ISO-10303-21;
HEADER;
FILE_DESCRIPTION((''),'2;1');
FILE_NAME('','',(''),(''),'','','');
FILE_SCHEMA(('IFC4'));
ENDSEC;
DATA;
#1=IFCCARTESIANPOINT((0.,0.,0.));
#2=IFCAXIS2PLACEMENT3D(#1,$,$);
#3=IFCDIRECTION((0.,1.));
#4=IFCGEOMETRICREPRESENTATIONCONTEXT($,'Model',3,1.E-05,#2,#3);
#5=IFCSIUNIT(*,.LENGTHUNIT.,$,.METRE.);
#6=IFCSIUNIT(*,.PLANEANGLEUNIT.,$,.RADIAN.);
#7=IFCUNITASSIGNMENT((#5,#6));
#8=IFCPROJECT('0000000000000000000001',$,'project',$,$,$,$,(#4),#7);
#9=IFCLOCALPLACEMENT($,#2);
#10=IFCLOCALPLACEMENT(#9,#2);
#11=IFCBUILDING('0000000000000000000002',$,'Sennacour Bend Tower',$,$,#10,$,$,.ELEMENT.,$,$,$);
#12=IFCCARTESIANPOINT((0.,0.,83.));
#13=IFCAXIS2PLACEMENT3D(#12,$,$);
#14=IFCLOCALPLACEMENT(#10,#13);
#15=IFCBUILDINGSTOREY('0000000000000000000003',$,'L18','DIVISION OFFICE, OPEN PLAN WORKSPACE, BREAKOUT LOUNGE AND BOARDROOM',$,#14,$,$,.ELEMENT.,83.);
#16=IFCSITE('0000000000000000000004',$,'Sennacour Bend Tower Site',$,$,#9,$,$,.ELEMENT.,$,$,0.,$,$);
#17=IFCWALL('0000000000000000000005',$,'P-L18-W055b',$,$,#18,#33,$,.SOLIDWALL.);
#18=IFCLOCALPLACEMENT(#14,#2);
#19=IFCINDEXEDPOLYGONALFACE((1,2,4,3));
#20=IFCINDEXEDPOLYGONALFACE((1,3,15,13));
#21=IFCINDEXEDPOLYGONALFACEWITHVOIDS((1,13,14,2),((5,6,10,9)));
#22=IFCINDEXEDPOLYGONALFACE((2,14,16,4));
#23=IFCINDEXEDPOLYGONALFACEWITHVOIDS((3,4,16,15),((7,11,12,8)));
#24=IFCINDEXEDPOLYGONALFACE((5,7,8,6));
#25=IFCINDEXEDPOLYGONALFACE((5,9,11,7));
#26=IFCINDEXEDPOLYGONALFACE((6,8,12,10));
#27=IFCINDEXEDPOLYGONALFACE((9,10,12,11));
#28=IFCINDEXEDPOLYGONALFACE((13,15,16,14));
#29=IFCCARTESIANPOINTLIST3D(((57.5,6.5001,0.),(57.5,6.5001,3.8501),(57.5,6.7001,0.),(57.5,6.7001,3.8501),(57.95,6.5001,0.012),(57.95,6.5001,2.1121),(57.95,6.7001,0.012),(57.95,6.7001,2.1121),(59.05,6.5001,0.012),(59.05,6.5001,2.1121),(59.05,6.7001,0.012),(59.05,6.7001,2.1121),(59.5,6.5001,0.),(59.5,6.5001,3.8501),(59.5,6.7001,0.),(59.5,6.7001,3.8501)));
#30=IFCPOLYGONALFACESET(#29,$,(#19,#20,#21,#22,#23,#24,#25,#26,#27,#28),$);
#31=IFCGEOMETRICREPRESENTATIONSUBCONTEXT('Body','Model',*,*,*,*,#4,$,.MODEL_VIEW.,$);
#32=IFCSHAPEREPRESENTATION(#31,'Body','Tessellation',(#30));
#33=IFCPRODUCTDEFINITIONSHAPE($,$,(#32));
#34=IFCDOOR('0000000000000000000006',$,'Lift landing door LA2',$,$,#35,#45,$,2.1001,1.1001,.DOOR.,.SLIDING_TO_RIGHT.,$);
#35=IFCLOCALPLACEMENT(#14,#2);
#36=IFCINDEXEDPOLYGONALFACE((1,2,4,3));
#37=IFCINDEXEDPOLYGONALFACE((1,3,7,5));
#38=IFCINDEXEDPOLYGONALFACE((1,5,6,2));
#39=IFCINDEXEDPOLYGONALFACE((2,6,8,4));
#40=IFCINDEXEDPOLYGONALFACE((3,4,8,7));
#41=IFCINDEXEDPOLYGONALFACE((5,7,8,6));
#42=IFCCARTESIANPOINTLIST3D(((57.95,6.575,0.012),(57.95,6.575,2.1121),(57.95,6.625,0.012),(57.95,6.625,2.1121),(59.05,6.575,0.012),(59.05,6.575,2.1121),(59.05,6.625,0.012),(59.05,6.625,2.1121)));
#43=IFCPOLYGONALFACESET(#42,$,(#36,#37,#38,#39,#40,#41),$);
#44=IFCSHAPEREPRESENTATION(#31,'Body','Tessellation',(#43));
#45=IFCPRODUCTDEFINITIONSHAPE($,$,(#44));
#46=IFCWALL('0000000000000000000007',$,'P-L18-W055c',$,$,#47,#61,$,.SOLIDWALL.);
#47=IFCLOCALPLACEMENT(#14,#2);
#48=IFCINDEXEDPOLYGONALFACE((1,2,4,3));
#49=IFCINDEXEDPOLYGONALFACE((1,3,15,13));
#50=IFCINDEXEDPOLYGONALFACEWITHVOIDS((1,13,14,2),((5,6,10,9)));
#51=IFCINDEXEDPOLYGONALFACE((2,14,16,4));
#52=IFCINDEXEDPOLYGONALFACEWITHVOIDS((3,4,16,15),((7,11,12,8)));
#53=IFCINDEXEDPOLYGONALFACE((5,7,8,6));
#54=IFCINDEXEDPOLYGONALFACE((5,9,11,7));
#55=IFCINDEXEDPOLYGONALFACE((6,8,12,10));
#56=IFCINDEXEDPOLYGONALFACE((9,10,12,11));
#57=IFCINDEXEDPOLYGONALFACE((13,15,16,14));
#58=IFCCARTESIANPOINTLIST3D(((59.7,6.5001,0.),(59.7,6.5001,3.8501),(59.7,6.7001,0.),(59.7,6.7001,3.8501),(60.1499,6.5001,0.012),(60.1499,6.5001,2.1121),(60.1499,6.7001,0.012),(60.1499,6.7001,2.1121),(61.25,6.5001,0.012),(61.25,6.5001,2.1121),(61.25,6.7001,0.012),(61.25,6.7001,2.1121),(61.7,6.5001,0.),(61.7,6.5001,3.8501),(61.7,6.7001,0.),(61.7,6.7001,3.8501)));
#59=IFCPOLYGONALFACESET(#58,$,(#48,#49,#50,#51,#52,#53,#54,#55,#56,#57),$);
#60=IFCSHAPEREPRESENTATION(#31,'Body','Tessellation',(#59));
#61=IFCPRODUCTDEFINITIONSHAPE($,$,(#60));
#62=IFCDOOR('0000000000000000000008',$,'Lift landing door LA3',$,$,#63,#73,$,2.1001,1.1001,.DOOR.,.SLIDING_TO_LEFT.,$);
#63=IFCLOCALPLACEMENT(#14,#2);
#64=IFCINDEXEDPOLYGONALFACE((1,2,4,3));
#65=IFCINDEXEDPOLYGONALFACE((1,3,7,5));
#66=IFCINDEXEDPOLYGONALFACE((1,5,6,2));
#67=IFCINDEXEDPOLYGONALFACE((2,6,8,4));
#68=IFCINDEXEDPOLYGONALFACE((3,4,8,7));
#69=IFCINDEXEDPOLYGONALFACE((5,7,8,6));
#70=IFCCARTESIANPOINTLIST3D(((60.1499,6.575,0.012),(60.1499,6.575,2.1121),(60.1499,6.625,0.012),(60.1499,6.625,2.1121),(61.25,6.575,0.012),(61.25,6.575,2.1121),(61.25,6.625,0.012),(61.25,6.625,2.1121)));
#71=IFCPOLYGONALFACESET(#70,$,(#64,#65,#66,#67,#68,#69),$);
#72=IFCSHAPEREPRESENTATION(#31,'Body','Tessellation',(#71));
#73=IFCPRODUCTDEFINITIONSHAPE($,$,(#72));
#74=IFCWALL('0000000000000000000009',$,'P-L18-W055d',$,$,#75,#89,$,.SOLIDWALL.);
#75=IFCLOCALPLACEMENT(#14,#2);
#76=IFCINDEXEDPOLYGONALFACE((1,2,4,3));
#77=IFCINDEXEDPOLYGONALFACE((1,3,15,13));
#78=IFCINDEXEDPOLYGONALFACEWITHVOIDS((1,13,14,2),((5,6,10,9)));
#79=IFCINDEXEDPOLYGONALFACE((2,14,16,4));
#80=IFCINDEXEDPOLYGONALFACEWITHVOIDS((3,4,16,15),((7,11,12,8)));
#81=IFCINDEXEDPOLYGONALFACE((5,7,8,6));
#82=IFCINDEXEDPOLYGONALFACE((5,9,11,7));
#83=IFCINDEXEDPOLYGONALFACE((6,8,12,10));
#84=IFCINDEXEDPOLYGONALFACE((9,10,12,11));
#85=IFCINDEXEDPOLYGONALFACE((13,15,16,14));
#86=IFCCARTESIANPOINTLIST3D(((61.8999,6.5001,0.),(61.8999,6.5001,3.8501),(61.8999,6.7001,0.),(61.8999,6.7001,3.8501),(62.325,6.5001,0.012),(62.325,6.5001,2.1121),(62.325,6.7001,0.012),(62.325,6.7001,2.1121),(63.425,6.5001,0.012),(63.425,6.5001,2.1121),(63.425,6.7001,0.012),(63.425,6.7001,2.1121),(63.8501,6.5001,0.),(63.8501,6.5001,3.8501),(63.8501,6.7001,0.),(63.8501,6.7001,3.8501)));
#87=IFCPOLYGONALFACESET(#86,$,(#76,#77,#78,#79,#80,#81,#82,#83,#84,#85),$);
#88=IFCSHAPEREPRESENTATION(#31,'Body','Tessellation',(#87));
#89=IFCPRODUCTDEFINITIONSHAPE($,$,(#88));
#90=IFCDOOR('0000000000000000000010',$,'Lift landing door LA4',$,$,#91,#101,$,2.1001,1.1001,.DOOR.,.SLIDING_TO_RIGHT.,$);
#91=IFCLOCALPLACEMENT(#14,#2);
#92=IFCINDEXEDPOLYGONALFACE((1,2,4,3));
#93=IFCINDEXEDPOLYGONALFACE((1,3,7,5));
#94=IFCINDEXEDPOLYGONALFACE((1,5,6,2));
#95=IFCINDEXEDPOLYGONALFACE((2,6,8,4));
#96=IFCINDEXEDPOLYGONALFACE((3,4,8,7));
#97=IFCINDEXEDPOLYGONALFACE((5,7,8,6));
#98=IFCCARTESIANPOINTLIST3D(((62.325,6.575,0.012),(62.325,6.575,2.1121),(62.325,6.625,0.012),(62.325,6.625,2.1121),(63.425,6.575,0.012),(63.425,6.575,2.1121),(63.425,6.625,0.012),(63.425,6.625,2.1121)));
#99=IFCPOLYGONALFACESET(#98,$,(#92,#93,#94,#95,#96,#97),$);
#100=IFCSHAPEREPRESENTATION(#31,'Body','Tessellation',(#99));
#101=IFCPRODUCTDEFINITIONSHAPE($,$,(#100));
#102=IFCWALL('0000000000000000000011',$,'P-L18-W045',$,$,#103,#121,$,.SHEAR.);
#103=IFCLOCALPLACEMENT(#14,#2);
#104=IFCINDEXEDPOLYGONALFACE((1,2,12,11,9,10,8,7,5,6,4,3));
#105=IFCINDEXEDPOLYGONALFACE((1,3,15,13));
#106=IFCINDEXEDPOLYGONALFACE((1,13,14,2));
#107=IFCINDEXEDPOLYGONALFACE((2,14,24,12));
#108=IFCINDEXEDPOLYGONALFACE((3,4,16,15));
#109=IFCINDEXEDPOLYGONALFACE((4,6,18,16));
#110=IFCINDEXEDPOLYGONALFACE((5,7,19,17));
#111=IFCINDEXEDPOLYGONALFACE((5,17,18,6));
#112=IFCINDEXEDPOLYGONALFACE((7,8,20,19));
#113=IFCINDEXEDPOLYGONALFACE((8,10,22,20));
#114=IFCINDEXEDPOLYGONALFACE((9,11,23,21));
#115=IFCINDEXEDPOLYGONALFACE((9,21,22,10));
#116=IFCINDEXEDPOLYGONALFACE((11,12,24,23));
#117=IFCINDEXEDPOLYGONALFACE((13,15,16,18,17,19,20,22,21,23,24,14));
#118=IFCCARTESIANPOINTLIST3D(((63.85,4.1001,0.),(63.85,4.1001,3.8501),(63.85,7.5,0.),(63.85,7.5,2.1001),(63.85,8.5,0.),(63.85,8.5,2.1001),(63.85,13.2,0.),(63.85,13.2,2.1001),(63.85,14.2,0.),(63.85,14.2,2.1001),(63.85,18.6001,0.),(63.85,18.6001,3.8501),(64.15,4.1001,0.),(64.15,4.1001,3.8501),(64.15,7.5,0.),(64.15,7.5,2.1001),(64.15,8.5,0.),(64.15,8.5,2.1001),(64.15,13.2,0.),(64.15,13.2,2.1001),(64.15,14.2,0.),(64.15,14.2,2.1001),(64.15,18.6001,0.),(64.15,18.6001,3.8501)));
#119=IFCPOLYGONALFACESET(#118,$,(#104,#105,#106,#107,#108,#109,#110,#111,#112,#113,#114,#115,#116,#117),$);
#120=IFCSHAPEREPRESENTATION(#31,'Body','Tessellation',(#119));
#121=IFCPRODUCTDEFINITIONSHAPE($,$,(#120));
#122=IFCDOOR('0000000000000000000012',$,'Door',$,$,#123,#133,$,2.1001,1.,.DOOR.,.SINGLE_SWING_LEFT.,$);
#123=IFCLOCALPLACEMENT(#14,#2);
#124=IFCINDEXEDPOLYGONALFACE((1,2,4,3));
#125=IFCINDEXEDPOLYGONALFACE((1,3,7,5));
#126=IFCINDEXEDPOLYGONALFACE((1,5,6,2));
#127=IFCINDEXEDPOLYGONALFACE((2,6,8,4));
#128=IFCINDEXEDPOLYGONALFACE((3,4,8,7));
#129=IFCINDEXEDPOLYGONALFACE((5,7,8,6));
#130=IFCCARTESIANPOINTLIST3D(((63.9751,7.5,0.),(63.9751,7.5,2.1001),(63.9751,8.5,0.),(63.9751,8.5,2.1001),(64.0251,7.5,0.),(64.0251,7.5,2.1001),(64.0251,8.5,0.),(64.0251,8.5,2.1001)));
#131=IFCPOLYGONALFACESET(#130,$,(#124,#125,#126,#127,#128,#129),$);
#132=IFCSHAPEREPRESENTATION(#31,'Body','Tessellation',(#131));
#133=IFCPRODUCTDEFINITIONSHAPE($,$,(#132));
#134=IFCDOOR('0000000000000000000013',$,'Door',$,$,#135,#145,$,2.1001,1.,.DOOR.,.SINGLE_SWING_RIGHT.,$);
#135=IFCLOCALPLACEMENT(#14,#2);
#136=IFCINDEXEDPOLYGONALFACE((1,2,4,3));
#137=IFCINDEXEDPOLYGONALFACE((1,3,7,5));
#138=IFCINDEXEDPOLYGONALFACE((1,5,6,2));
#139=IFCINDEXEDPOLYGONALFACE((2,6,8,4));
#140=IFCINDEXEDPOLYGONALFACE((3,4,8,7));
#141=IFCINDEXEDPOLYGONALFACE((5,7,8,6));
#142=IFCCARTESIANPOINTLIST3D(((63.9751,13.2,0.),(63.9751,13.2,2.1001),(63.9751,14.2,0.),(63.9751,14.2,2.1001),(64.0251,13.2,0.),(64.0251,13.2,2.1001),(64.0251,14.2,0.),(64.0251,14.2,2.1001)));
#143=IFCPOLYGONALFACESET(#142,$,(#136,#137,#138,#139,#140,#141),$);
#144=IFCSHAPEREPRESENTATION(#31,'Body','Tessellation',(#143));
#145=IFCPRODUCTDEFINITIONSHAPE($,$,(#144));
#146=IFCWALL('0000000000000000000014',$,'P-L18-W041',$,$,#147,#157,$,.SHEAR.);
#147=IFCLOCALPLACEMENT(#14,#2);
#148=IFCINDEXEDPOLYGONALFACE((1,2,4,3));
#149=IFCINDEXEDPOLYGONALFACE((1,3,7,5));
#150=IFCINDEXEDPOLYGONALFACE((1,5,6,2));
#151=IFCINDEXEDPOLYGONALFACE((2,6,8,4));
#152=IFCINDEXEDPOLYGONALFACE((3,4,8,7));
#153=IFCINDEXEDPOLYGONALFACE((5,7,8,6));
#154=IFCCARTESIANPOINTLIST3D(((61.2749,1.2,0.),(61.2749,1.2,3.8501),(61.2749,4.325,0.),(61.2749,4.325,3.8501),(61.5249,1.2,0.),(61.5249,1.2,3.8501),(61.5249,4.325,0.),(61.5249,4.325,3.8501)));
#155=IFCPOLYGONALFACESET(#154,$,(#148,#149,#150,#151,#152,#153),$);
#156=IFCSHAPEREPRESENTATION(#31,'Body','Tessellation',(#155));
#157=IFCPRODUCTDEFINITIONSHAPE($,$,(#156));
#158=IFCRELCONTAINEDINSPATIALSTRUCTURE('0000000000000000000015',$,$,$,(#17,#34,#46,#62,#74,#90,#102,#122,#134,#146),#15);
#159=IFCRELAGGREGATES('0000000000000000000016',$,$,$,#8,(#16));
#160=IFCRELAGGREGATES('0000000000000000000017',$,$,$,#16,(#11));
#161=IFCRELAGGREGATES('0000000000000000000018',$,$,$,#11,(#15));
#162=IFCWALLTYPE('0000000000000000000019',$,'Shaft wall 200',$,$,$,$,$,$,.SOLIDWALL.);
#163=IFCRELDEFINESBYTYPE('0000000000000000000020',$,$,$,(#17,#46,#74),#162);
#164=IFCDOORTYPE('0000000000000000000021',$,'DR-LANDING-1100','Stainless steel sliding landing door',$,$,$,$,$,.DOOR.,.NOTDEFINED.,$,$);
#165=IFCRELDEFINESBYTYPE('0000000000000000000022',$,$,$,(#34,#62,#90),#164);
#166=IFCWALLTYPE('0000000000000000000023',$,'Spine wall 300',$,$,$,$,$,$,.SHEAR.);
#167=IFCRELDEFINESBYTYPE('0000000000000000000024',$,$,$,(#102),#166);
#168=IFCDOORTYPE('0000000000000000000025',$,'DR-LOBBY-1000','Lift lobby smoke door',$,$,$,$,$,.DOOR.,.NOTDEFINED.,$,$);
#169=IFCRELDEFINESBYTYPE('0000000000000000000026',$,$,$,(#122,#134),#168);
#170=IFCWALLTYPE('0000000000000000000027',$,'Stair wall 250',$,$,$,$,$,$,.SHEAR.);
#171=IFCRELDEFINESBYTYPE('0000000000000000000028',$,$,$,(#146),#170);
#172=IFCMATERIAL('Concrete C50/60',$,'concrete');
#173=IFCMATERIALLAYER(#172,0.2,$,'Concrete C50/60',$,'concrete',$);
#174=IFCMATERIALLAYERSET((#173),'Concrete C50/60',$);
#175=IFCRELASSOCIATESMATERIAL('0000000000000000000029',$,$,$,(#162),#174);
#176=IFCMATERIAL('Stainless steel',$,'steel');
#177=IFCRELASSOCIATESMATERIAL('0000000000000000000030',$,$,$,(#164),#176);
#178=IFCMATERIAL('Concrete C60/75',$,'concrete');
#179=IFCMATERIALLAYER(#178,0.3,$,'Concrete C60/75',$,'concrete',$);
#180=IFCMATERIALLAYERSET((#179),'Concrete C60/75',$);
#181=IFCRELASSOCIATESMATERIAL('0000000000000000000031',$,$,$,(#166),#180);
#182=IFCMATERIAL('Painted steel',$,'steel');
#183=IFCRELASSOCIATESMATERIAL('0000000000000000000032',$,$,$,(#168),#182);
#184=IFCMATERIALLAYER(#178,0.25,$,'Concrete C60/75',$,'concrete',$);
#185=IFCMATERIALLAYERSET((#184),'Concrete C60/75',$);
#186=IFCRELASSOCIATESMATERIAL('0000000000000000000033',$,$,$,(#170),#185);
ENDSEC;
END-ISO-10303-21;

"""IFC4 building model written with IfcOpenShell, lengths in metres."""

from ifc_helpers import new_model, si_unit, direction, frame, frame_2d, origin, place, context, subcontext, project, spatial, rectangle, extrude, material, layer, layer_set, type_object, element, fill, save


model = new_model("IFC4")

# Units and contexts
model_context = context("Model", 3, precision=1e-05, world=origin(), true_north=direction((0.0, 1.0)))
body_context = subcontext(model_context, "Body", "Model", "MODEL_VIEW")
ifc_project = project(units=[si_unit("LENGTHUNIT", "METRE"), si_unit("PLANEANGLEUNIT", "RADIAN")], contexts=[model_context])

# Site, building, storey
site_placement = place(None, origin())
site = spatial("IfcSite", under=ifc_project, at=site_placement, Name="Sennacour Bend Tower Site", CompositionType="ELEMENT", RefElevation=0.0)
building_placement = place(site_placement, origin())
building = spatial("IfcBuilding", under=site, at=building_placement, Name="Sennacour Bend Tower", CompositionType="ELEMENT")
storey_placement = place(building_placement, frame((0.0, 0.0, 83.0)))
storey = spatial("IfcBuildingStorey", under=building, at=storey_placement, Name="L18", Description="DIVISION OFFICE, OPEN PLAN WORKSPACE, BREAKOUT LOUNGE AND BOARDROOM", CompositionType="ELEMENT", Elevation=83.0)

# Shared definitions
ifc_material_1 = material(Name="Painted steel", Category="steel")

# Shared definitions
ifc_material_2 = material(Name="Concrete C50/60", Category="concrete")
ifc_layer_1 = layer(ifc_material_2, 0.2, Name="Concrete C50/60", Category="concrete")
ifc_layer_set_1 = layer_set([ifc_layer_1], Name="Concrete C50/60")
wall_type_1 = type_object("IfcWallType", Name="Shaft wall 200", PredefinedType="SOLIDWALL", material=ifc_layer_set_1)

# Walls, openings, doors
wall_1_placement = place(storey_placement, frame((57.5, 6.6001, 0.0), z_axis=(0.0, 0.0, 1.0), x_axis=(1.0, 0.0, 0.0)))
wall_1 = element("IfcWall", 1, at=wall_1_placement, inside=storey, type_object=wall_type_1, Name="P-L18-W055b", PredefinedType="SOLIDWALL", context=body_context, shape_type="SweptSolid", body=[
    extrude(rectangle(XDim=2.0, YDim=0.2, at=frame_2d((1.0, 0.0))), origin(), (0.0, 0.0, 1.0), 3.8501),
])
opening_1_placement = place(wall_1_placement, frame((0.45, 0.0, 0.012)))
opening_1 = element("IfcOpeningElement", 2, at=opening_1_placement, cuts=wall_1, PredefinedType="OPENING", context=body_context, shape_type="SweptSolid", body=[
    extrude(rectangle(XDim=1.1001, YDim=2.1001, at=frame_2d((0.55, 1.05))), frame((0.0, 0.1099, 0.0), z_axis=(0.0, -1.0, 0.0), x_axis=(1.0, 0.0, 0.0)), (0.0, 0.0, 1.0), 0.22),
])
ifc_material_3 = material(Name="Stainless steel", Category="steel")
door_type_1 = type_object("IfcDoorType", Name="DR-LANDING-1100", Description="Stainless steel sliding landing door", OperationType="NOTDEFINED", PredefinedType="DOOR", material=ifc_material_3)
door_1_placement = place(opening_1_placement, origin())
door_1 = element("IfcDoor", 3, at=door_1_placement, inside=storey, type_object=door_type_1, Name="Lift landing door LA2", OperationType="SLIDING_TO_RIGHT", OverallHeight=2.1001, OverallWidth=1.1001, PredefinedType="DOOR", context=body_context, shape_type="SweptSolid", body=[
    extrude(rectangle(XDim=1.1001, YDim=2.1001, at=frame_2d((0.55, 1.05))), frame((0.0, 0.0249, 0.0), z_axis=(0.0, -1.0, 0.0), x_axis=(1.0, 0.0, 0.0)), (0.0, 0.0, 1.0), 0.05),
])
fill(opening_1, door_1)
wall_2_placement = place(storey_placement, frame((59.7, 6.6001, 0.0), z_axis=(0.0, 0.0, 1.0), x_axis=(1.0, 0.0, 0.0)))
wall_2 = element("IfcWall", 4, at=wall_2_placement, inside=storey, type_object=wall_type_1, Name="P-L18-W055c", PredefinedType="SOLIDWALL", context=body_context, shape_type="SweptSolid", body=[
    extrude(rectangle(XDim=2.0, YDim=0.2, at=frame_2d((1.0, 0.0))), origin(), (0.0, 0.0, 1.0), 3.8501),
])
opening_2_placement = place(wall_2_placement, frame((0.45, 0.0, 0.012)))
opening_2 = element("IfcOpeningElement", 5, at=opening_2_placement, cuts=wall_2, PredefinedType="OPENING", context=body_context, shape_type="SweptSolid", body=[
    extrude(rectangle(XDim=1.1001, YDim=2.1001, at=frame_2d((0.55, 1.05))), frame((0.0, 0.1099, 0.0), z_axis=(0.0, -1.0, 0.0), x_axis=(1.0, 0.0, 0.0)), (0.0, 0.0, 1.0), 0.22),
])
door_2_placement = place(opening_2_placement, origin())
door_2 = element("IfcDoor", 6, at=door_2_placement, inside=storey, type_object=door_type_1, Name="Lift landing door LA3", OperationType="SLIDING_TO_LEFT", OverallHeight=2.1001, OverallWidth=1.1001, PredefinedType="DOOR", context=body_context, shape_type="SweptSolid", body=[
    extrude(rectangle(XDim=1.1001, YDim=2.1001, at=frame_2d((0.55, 1.05))), frame((0.0, 0.0249, 0.0), z_axis=(0.0, -1.0, 0.0), x_axis=(1.0, 0.0, 0.0)), (0.0, 0.0, 1.0), 0.05),
])
fill(opening_2, door_2)
wall_3_placement = place(storey_placement, frame((61.8999, 6.6001, 0.0), z_axis=(0.0, 0.0, 1.0), x_axis=(1.0, 0.0, 0.0)))
wall_3 = element("IfcWall", 7, at=wall_3_placement, inside=storey, type_object=wall_type_1, Name="P-L18-W055d", PredefinedType="SOLIDWALL", context=body_context, shape_type="SweptSolid", body=[
    extrude(rectangle(XDim=1.9502, YDim=0.2, at=frame_2d((0.9751, 0.0))), origin(), (0.0, 0.0, 1.0), 3.8501),
])
opening_3_placement = place(wall_3_placement, frame((0.425, 0.0, 0.012)))
opening_3 = element("IfcOpeningElement", 8, at=opening_3_placement, cuts=wall_3, PredefinedType="OPENING", context=body_context, shape_type="SweptSolid", body=[
    extrude(rectangle(XDim=1.1001, YDim=2.1001, at=frame_2d((0.55, 1.05))), frame((0.0, 0.1099, 0.0), z_axis=(0.0, -1.0, 0.0), x_axis=(1.0, 0.0, 0.0)), (0.0, 0.0, 1.0), 0.22),
])
door_3_placement = place(opening_3_placement, origin())
door_3 = element("IfcDoor", 9, at=door_3_placement, inside=storey, type_object=door_type_1, Name="Lift landing door LA4", OperationType="SLIDING_TO_RIGHT", OverallHeight=2.1001, OverallWidth=1.1001, PredefinedType="DOOR", context=body_context, shape_type="SweptSolid", body=[
    extrude(rectangle(XDim=1.1001, YDim=2.1001, at=frame_2d((0.55, 1.05))), frame((0.0, 0.0249, 0.0), z_axis=(0.0, -1.0, 0.0), x_axis=(1.0, 0.0, 0.0)), (0.0, 0.0, 1.0), 0.05),
])
fill(opening_3, door_3)

# Wall, openings, doors
ifc_material_4 = material(Name="Concrete C60/75", Category="concrete")
ifc_layer_2 = layer(ifc_material_4, 0.3, Name="Concrete C60/75", Category="concrete")
ifc_layer_set_2 = layer_set([ifc_layer_2], Name="Concrete C60/75")
wall_type_2 = type_object("IfcWallType", Name="Spine wall 300", PredefinedType="SHEAR", material=ifc_layer_set_2)
wall_4_placement = place(storey_placement, frame((64.0, 4.1001, 0.0), z_axis=(0.0, 0.0, 1.0), x_axis=(0.0, 1.0, 0.0)))
wall_4 = element("IfcWall", 10, at=wall_4_placement, inside=storey, type_object=wall_type_2, Name="P-L18-W045", PredefinedType="SHEAR", context=body_context, shape_type="SweptSolid", body=[
    extrude(rectangle(XDim=14.5, YDim=0.3, at=frame_2d((7.25, 0.0))), origin(), (0.0, 0.0, 1.0), 3.8501),
])
opening_4_placement = place(wall_4_placement, frame((3.3999, 0.0, 0.0)))
opening_4 = element("IfcOpeningElement", 11, at=opening_4_placement, cuts=wall_4, PredefinedType="OPENING", context=body_context, shape_type="SweptSolid", body=[
    extrude(rectangle(XDim=1.0, YDim=2.1001, at=frame_2d((0.5, 1.05))), frame((0.0, 0.1602, 0.0), z_axis=(0.0, -1.0, 0.0), x_axis=(1.0, 0.0, 0.0)), (0.0, 0.0, 1.0), 0.3201),
])
opening_5_placement = place(wall_4_placement, frame((9.0999, 0.0, 0.0)))
opening_5 = element("IfcOpeningElement", 12, at=opening_5_placement, cuts=wall_4, PredefinedType="OPENING", context=body_context, shape_type="SweptSolid", body=[
    extrude(rectangle(XDim=1.0, YDim=2.1001, at=frame_2d((0.5, 1.05))), frame((0.0, 0.1602, 0.0), z_axis=(0.0, -1.0, 0.0), x_axis=(1.0, 0.0, 0.0)), (0.0, 0.0, 1.0), 0.3201),
])
door_type_2 = type_object("IfcDoorType", Name="DR-LOBBY-1000", Description="Lift lobby smoke door", OperationType="NOTDEFINED", PredefinedType="DOOR", material=ifc_material_1)
door_4_placement = place(opening_4_placement, origin())
door_4 = element("IfcDoor", 13, at=door_4_placement, inside=storey, type_object=door_type_2, Name="Door", OperationType="SINGLE_SWING_LEFT", OverallHeight=2.1001, OverallWidth=1.0, PredefinedType="DOOR", context=body_context, shape_type="SweptSolid", body=[
    extrude(rectangle(XDim=1.0, YDim=2.1001, at=frame_2d((0.5, 1.05))), frame((0.0, 0.0249, 0.0), z_axis=(0.0, -1.0, 0.0), x_axis=(1.0, 0.0, 0.0)), (0.0, 0.0, 1.0), 0.05),
])
fill(opening_4, door_4)
door_5_placement = place(opening_5_placement, origin())
door_5 = element("IfcDoor", 14, at=door_5_placement, inside=storey, type_object=door_type_2, Name="Door", OperationType="SINGLE_SWING_RIGHT", OverallHeight=2.1001, OverallWidth=1.0, PredefinedType="DOOR", context=body_context, shape_type="SweptSolid", body=[
    extrude(rectangle(XDim=1.0, YDim=2.1001, at=frame_2d((0.5, 1.05))), frame((0.0, 0.0249, 0.0), z_axis=(0.0, -1.0, 0.0), x_axis=(1.0, 0.0, 0.0)), (0.0, 0.0, 1.0), 0.05),
])
fill(opening_5, door_5)

# Wall
ifc_layer_3 = layer(ifc_material_4, 0.25, Name="Concrete C60/75", Category="concrete")
ifc_layer_set_3 = layer_set([ifc_layer_3], Name="Concrete C60/75")
wall_type_3 = type_object("IfcWallType", Name="Stair wall 250", PredefinedType="SHEAR", material=ifc_layer_set_3)
wall_5_placement = place(storey_placement, frame((61.3999, 1.2, 0.0), z_axis=(0.0, 0.0, 1.0), x_axis=(0.0, 1.0, 0.0)))
element("IfcWall", 15, at=wall_5_placement, inside=storey, type_object=wall_type_3, Name="P-L18-W041", PredefinedType="SHEAR", context=body_context, shape_type="SweptSolid", body=[
    extrude(rectangle(XDim=3.125, YDim=0.25, at=frame_2d((1.5625, 0.0))), origin(), (0.0, 0.0, 1.0), 3.8501),
])

save(model, "model.ifc")
